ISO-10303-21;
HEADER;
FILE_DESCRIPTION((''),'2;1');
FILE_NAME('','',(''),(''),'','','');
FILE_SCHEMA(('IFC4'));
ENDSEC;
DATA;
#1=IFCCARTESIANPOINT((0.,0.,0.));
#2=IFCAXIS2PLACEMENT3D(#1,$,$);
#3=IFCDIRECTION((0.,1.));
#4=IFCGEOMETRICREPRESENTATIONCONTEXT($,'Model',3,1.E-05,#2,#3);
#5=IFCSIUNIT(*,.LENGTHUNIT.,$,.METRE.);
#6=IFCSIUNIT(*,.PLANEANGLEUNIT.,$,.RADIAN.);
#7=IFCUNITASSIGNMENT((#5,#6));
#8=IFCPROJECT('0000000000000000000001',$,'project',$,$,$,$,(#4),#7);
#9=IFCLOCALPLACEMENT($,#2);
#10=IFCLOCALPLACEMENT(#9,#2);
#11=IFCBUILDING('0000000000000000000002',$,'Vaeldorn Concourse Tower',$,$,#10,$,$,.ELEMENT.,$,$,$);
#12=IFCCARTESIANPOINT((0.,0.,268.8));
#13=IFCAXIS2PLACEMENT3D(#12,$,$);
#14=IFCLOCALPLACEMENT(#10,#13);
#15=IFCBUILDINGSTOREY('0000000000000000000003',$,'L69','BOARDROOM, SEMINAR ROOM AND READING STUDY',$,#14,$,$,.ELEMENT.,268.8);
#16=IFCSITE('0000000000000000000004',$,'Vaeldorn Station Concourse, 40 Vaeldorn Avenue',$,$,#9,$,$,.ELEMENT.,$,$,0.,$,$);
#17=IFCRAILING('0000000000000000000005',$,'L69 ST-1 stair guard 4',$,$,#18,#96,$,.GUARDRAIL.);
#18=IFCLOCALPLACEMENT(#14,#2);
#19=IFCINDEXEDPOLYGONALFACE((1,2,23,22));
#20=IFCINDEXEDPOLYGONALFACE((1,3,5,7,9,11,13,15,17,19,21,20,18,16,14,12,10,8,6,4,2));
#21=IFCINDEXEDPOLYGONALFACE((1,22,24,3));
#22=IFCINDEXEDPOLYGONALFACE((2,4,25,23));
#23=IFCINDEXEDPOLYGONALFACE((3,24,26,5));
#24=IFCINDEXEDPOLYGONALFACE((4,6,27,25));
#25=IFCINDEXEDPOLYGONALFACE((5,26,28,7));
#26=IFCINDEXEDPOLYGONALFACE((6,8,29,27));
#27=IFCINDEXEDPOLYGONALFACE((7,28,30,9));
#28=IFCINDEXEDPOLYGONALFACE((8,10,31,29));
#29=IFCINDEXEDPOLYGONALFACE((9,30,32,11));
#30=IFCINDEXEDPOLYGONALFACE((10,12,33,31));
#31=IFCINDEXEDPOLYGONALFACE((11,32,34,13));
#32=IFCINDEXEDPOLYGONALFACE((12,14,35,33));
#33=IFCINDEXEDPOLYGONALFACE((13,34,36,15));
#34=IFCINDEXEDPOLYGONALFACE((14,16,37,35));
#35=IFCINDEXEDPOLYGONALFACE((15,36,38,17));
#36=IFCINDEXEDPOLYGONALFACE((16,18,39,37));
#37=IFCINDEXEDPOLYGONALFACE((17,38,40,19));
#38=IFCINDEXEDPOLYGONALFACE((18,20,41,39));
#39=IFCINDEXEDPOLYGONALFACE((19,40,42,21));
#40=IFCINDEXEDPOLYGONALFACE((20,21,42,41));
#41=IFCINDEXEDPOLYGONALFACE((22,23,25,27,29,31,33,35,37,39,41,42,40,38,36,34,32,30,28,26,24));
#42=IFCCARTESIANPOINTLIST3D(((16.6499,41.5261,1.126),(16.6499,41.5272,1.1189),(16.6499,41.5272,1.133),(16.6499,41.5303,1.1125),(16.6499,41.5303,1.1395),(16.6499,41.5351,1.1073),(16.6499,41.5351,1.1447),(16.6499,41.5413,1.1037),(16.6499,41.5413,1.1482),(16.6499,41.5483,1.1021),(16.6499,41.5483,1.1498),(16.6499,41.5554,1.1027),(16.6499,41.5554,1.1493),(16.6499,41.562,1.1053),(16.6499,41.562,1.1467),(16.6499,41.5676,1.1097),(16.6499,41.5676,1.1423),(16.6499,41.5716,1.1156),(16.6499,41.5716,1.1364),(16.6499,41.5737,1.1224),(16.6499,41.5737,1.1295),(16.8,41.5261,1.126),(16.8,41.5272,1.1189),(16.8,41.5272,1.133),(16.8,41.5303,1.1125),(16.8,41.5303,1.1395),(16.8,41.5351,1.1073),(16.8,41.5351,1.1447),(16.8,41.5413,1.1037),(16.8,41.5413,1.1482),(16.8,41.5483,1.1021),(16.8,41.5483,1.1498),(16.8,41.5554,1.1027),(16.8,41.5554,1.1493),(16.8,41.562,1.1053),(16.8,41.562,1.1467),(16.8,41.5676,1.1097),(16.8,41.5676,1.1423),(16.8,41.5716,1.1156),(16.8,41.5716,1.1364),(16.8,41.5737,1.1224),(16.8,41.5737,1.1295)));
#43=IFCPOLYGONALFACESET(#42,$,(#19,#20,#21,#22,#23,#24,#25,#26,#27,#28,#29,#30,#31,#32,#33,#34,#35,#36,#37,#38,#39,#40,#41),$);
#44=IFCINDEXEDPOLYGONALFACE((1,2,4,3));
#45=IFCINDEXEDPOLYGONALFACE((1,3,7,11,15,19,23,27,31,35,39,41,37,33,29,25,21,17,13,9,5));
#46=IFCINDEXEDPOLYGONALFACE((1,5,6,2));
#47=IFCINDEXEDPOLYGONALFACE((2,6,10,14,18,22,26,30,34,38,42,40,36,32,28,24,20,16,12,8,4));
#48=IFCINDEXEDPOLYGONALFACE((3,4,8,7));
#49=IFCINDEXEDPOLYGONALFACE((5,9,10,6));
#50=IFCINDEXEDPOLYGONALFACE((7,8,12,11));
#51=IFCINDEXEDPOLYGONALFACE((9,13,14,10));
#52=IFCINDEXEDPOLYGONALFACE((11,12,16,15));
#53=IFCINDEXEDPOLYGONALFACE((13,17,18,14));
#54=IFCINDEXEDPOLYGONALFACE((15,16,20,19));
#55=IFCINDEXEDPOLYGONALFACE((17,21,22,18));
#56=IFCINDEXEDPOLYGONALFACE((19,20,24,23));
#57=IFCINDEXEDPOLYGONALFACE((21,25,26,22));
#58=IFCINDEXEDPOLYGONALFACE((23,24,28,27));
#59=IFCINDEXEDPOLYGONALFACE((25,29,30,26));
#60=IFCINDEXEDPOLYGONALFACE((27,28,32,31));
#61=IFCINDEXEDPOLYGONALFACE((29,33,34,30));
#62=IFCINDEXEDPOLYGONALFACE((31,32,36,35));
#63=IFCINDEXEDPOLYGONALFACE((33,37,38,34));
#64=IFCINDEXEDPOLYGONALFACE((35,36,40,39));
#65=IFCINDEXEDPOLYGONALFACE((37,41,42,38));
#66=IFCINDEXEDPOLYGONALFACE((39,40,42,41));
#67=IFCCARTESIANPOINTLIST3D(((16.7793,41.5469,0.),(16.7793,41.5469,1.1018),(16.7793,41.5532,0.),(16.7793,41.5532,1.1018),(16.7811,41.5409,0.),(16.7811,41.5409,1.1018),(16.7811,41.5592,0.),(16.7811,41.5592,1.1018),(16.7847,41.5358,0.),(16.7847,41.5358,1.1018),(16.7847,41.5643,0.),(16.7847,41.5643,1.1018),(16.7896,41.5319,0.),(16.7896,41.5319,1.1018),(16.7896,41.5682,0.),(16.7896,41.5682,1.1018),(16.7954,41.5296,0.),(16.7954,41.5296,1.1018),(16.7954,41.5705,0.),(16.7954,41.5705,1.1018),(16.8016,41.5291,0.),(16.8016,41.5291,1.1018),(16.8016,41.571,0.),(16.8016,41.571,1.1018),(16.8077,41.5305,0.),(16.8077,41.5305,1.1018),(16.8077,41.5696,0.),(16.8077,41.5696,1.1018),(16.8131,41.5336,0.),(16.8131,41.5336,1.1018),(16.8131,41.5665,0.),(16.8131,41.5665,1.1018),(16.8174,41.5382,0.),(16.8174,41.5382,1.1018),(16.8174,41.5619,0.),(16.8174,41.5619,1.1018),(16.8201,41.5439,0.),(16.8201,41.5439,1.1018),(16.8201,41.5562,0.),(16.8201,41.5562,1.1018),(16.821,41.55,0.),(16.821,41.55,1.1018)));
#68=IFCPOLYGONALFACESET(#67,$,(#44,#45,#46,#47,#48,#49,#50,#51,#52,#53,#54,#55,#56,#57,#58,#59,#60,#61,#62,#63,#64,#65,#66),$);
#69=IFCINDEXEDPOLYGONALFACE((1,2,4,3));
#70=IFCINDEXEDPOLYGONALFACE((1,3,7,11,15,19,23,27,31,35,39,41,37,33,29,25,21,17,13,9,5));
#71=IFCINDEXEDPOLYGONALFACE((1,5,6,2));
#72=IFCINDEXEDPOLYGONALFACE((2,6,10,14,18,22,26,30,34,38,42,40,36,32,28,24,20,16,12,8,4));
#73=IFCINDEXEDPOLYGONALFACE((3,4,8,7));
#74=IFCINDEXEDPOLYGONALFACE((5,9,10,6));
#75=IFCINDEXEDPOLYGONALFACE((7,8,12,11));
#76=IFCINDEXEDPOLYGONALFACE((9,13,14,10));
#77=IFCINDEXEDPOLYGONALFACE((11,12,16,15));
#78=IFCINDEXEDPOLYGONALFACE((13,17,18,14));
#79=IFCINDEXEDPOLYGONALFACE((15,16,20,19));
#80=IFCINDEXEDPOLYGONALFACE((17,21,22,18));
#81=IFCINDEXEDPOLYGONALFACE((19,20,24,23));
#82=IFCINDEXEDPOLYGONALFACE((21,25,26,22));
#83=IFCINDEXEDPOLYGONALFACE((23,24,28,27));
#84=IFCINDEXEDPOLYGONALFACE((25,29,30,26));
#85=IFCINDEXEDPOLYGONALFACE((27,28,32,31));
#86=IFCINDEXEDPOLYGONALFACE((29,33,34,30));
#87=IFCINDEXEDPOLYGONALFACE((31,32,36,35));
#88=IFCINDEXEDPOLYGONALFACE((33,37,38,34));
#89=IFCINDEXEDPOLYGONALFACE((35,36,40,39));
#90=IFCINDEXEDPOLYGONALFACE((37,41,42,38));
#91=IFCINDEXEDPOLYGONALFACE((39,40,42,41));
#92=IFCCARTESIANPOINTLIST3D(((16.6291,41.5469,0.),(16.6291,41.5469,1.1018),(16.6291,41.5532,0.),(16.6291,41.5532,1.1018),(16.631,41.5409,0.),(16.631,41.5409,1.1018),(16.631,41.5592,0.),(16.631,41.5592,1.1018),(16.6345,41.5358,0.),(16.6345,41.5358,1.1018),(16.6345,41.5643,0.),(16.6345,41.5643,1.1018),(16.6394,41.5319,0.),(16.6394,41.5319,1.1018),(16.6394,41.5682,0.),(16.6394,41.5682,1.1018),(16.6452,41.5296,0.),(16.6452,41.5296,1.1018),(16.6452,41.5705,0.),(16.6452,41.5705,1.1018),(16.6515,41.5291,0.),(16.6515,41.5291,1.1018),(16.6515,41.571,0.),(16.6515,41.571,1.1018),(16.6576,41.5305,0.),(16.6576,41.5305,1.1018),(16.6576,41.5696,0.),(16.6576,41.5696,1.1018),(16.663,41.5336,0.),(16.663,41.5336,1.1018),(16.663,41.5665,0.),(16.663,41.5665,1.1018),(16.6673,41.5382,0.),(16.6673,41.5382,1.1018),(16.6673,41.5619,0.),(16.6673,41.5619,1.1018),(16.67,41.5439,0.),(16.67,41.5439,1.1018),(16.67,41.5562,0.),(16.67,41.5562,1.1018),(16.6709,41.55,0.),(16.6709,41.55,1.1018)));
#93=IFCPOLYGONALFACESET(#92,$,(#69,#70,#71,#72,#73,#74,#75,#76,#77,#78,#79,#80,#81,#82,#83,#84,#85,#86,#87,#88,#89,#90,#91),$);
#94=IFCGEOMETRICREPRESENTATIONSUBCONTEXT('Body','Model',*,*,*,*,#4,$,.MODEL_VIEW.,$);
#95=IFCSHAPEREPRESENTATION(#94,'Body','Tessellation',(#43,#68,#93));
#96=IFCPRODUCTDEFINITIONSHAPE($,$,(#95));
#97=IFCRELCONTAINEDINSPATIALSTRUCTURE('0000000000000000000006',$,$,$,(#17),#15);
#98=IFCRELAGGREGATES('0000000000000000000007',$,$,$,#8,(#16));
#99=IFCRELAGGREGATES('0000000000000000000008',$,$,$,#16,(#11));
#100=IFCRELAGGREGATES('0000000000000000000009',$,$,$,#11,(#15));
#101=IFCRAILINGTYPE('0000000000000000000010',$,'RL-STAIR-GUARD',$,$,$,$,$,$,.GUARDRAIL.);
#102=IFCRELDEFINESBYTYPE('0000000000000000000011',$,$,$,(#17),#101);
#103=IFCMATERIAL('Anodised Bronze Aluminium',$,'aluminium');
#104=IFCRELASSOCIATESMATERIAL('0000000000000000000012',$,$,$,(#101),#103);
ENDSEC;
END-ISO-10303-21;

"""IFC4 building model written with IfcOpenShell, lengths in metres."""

from ifc_helpers import new_model, si_unit, direction, frame, origin, origin_2d, place, context, subcontext, project, spatial, circle, extrude, material, type_object, element, save


model = new_model("IFC4")

# Units and contexts
model_context = context("Model", 3, precision=1e-05, world=origin(), true_north=direction((0.0, 1.0)))
body_context = subcontext(model_context, "Body", "Model", "MODEL_VIEW")
ifc_project = project(units=[si_unit("LENGTHUNIT", "METRE"), si_unit("PLANEANGLEUNIT", "RADIAN")], contexts=[model_context])

# Site, building, storey
site_placement = place(None, origin())
site = spatial("IfcSite", under=ifc_project, at=site_placement, Name="Vaeldorn Station Concourse, 40 Vaeldorn Avenue", CompositionType="ELEMENT", RefElevation=0.0)
building_placement = place(site_placement, origin())
building = spatial("IfcBuilding", under=site, at=building_placement, Name="Vaeldorn Concourse Tower", CompositionType="ELEMENT")
storey_placement = place(building_placement, frame((0.0, 0.0, 268.8)))
storey = spatial("IfcBuildingStorey", under=building, at=storey_placement, Name="L69", Description="BOARDROOM, SEMINAR ROOM AND READING STUDY", CompositionType="ELEMENT", Elevation=268.8)

# Shared definitions
ifc_material_1 = material(Name="Anodised Bronze Aluminium", Category="aluminium")

# Railing
railing_type_1 = type_object("IfcRailingType", Name="RL-STAIR-GUARD", PredefinedType="GUARDRAIL", material=ifc_material_1)
railing_1_placement = place(storey_placement, frame((16.8, 41.55, 0.0)))
element("IfcRailing", 1, at=railing_1_placement, inside=storey, type_object=railing_type_1, Name="L69 ST-1 stair guard 4", PredefinedType="GUARDRAIL", context=body_context, shape_type="SweptSolid", body=[
    extrude(circle(Radius=0.0239, at=origin_2d()), frame((0.0, 0.0, 1.126), z_axis=(-1.0, 0.0, 0.0), x_axis=(0.0, -1.0, 0.0)), (0.0, 0.0, 1.0), 0.1501),
    extrude(circle(Radius=0.021, at=origin_2d()), origin(), (0.0, 0.0, 1.0), 1.1018),
    extrude(circle(Radius=0.021, at=origin_2d()), frame((-0.1501, 0.0, 0.0)), (0.0, 0.0, 1.0), 1.1018),
])

save(model, "model.ifc")
